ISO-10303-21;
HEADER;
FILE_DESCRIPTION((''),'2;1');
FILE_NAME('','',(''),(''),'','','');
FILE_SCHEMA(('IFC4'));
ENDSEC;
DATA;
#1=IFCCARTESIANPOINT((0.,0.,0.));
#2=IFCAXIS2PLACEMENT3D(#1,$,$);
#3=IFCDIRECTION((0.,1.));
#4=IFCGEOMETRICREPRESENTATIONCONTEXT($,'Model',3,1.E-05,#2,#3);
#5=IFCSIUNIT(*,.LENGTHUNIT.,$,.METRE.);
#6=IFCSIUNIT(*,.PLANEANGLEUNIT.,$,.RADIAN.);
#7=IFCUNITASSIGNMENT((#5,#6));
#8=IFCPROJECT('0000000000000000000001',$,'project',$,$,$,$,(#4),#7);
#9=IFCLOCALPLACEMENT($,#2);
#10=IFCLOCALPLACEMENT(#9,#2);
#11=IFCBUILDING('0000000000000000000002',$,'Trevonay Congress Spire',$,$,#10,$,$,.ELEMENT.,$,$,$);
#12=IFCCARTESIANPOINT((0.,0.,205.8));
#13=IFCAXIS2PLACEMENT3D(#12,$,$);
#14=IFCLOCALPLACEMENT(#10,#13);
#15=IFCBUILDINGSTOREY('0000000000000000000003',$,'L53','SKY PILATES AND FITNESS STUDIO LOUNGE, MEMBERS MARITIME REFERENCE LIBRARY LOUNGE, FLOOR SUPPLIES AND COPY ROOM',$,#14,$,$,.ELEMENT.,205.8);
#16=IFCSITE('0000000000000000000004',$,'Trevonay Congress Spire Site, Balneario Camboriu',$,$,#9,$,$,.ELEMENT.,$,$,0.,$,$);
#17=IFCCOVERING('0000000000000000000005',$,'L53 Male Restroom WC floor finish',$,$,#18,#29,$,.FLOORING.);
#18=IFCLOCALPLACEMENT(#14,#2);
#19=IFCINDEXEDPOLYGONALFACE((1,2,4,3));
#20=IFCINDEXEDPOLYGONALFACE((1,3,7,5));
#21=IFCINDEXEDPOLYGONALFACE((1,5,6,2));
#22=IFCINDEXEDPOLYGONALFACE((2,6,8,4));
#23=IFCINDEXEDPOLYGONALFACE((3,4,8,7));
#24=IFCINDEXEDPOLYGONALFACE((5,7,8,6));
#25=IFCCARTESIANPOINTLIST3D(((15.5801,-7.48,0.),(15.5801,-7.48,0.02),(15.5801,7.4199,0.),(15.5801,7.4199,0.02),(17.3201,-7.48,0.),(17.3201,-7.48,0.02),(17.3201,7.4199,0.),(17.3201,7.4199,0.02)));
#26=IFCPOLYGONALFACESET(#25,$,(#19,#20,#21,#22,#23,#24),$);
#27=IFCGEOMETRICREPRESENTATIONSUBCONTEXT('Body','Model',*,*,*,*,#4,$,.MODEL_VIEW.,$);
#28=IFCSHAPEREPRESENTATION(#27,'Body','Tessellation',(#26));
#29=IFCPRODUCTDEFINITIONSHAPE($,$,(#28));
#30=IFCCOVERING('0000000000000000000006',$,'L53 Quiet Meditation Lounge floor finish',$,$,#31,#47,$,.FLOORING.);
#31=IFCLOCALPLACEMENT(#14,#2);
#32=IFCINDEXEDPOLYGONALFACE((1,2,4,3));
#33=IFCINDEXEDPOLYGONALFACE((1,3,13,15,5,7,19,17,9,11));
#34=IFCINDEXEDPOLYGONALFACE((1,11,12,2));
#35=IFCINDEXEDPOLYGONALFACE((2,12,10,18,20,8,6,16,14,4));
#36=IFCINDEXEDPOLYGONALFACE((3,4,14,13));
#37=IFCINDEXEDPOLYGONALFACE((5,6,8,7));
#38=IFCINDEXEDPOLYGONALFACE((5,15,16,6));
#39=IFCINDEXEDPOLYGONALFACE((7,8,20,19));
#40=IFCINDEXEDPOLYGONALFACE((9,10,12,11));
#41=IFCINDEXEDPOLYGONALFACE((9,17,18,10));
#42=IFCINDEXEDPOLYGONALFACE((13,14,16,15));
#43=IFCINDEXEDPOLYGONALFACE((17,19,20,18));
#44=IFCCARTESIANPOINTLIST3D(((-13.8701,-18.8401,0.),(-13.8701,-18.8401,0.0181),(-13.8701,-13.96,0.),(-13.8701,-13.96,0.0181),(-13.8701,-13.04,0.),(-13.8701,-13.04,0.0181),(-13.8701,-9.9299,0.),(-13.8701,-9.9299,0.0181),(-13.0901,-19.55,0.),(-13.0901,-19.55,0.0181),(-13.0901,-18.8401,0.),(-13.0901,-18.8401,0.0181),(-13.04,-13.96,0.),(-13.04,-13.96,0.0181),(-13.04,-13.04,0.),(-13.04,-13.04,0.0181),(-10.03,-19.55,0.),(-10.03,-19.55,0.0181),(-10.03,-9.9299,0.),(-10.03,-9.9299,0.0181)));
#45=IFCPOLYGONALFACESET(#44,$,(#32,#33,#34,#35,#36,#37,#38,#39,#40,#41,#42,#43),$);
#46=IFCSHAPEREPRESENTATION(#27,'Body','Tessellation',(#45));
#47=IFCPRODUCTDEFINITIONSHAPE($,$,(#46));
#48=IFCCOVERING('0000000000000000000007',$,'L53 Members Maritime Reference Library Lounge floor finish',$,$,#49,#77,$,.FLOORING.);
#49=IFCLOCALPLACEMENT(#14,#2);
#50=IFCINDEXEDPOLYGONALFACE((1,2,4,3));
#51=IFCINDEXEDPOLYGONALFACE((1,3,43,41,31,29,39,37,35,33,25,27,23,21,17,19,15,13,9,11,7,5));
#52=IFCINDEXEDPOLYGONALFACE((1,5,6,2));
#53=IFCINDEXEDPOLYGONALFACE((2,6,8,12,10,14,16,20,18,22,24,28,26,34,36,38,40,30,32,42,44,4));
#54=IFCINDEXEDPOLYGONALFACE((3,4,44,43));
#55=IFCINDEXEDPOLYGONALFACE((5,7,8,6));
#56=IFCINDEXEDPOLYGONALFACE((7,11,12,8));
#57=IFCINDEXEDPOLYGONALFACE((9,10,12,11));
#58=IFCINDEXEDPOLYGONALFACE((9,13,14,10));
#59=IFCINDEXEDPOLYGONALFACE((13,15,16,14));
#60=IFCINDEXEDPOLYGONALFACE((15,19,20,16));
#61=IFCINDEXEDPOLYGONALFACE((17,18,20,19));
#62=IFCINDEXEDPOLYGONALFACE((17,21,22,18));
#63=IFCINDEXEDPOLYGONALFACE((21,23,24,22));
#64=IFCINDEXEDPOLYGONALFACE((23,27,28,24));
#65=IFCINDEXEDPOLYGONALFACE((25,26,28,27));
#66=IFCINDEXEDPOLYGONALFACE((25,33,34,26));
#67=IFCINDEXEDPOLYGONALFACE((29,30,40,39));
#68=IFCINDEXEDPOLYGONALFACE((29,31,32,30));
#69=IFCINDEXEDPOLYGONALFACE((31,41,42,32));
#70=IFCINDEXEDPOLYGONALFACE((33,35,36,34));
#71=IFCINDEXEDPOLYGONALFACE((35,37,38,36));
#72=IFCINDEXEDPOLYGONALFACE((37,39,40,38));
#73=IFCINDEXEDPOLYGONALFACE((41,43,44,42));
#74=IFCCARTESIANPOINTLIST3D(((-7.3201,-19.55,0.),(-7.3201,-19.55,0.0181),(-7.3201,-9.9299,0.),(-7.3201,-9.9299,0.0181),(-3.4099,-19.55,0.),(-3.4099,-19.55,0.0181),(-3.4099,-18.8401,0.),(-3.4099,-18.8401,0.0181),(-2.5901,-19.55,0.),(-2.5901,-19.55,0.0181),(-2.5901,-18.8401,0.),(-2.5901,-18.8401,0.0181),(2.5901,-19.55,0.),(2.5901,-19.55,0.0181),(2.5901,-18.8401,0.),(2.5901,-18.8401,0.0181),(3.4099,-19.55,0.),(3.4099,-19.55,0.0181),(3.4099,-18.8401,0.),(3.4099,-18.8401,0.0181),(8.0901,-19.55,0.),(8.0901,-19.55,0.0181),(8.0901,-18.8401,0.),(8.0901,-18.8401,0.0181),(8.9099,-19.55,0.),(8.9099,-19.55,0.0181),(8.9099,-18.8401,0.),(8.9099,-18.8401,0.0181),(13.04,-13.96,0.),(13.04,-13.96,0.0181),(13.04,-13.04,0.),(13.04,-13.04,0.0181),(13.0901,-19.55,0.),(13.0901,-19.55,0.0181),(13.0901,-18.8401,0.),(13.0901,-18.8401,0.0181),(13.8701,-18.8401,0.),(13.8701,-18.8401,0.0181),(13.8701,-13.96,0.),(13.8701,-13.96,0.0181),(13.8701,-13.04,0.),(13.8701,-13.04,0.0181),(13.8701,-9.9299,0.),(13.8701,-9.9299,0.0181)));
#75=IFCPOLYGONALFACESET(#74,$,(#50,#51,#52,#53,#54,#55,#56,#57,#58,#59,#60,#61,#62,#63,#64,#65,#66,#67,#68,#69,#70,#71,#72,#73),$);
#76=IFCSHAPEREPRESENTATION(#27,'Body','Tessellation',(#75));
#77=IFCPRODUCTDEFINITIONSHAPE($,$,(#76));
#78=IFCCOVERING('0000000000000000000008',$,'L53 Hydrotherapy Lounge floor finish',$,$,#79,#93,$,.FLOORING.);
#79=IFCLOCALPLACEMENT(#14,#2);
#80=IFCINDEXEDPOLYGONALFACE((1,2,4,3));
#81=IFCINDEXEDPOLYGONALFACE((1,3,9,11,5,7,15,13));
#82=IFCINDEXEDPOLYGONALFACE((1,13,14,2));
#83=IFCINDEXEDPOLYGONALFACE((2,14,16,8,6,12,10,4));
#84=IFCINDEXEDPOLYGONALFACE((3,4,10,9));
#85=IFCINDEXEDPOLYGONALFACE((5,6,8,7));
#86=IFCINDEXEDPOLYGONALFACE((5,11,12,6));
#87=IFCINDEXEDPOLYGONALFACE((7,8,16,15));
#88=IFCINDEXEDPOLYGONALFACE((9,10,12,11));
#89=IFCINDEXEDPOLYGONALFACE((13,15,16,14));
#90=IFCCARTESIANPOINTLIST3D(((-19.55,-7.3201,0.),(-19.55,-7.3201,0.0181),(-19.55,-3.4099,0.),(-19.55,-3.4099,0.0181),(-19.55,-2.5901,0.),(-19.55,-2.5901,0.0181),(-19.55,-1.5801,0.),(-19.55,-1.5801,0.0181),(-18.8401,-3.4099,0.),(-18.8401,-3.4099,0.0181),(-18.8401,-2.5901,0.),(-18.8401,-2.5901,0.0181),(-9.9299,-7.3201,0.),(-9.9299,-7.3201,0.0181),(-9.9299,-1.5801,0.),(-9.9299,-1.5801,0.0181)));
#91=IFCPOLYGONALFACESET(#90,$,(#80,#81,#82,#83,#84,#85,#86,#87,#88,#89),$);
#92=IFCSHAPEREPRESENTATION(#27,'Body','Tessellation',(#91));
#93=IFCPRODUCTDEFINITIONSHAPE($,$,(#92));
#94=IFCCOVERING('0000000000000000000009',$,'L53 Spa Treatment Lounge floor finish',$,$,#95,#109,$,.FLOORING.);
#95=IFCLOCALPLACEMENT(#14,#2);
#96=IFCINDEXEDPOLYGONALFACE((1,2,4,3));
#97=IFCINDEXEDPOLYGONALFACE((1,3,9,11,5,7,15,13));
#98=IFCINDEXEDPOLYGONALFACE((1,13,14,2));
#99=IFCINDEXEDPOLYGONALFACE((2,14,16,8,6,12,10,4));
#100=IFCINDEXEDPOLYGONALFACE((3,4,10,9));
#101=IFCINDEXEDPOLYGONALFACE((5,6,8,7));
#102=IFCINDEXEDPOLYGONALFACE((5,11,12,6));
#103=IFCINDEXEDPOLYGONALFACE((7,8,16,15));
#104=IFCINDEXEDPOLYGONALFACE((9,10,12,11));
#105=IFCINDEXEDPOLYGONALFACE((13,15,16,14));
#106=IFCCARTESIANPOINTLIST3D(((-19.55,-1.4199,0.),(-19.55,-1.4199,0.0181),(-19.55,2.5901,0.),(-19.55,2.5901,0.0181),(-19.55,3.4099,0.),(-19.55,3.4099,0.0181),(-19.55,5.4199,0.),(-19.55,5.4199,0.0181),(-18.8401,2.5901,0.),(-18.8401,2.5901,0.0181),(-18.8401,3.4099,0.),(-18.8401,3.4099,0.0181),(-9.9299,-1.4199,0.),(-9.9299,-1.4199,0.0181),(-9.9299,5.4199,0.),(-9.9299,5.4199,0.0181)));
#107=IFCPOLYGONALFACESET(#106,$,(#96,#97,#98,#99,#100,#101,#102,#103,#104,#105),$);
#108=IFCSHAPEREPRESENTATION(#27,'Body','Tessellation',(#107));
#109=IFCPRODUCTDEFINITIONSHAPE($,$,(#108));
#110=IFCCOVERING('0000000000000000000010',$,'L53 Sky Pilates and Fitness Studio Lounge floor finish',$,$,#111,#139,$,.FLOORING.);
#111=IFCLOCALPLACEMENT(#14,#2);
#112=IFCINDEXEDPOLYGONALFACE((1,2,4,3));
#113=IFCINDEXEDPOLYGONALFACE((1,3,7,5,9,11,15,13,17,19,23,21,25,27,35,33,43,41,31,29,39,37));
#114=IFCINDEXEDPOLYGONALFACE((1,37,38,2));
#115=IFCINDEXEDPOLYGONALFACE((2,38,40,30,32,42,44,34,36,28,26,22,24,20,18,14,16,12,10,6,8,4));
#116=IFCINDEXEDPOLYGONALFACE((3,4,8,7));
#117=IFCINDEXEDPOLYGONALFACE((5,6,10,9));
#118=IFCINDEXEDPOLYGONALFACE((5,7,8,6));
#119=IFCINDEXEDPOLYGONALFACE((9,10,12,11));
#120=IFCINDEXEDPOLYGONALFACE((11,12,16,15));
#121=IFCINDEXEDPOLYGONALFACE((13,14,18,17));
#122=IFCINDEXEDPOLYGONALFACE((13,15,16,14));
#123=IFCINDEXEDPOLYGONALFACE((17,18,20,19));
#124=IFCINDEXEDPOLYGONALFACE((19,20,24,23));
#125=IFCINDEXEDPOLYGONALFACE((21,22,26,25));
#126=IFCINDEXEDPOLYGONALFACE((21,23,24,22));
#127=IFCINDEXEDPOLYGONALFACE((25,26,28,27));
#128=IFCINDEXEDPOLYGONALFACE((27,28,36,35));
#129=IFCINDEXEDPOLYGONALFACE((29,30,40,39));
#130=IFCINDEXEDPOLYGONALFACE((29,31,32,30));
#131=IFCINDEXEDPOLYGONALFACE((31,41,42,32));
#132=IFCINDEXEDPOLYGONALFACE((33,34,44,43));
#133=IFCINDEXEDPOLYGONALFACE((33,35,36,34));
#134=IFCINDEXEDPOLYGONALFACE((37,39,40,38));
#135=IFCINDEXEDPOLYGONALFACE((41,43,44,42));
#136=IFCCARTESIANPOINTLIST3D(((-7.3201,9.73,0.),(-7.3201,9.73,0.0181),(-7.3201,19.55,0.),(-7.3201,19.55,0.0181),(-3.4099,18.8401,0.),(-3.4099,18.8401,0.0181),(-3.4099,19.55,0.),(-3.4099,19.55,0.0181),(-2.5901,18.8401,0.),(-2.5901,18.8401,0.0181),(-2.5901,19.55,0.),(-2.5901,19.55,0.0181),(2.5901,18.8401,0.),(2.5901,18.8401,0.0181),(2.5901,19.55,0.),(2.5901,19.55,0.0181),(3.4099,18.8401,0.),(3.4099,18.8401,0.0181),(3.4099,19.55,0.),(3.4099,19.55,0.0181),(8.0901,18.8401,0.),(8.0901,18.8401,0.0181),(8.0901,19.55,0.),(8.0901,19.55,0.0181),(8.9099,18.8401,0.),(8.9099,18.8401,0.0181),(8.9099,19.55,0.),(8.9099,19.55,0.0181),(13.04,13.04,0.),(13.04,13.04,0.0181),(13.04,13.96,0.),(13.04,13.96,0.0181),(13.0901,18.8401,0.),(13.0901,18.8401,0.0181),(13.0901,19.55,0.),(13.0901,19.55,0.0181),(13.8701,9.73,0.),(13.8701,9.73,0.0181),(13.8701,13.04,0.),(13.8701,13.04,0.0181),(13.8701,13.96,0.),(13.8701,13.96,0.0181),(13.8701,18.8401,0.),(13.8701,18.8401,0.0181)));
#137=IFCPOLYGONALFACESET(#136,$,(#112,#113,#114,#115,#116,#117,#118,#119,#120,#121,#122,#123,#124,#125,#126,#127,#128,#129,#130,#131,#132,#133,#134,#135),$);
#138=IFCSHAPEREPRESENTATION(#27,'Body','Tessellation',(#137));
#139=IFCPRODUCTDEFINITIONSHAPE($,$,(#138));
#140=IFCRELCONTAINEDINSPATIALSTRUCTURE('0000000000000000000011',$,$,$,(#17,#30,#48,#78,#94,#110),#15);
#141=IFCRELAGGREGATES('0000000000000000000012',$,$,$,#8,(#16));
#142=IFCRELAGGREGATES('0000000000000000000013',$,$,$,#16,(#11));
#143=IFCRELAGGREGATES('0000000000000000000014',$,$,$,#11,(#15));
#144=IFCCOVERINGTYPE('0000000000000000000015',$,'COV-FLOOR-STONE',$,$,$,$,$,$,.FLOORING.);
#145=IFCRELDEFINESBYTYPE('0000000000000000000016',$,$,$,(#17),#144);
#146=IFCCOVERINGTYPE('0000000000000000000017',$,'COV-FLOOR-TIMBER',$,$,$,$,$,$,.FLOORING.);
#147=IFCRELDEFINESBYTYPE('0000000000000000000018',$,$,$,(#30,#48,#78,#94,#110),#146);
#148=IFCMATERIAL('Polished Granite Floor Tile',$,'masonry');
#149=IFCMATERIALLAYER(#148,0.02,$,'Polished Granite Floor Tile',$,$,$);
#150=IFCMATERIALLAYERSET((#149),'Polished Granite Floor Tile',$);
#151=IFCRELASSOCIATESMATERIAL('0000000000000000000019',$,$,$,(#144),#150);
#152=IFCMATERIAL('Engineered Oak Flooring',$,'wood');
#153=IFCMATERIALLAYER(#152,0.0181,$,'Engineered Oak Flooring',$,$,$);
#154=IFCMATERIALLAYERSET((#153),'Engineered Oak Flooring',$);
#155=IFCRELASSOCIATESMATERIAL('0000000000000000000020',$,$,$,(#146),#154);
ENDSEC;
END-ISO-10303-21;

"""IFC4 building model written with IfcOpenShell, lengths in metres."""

from ifc_helpers import new_model, si_unit, direction, frame, origin, place, context, subcontext, project, spatial, polyline, outline, extrude, material, layer, layer_set, type_object, element, save


model = new_model("IFC4")

# Units and contexts
model_context = context("Model", 3, precision=1e-05, world=origin(), true_north=direction((0.0, 1.0)))
body_context = subcontext(model_context, "Body", "Model", "MODEL_VIEW")
ifc_project = project(units=[si_unit("LENGTHUNIT", "METRE"), si_unit("PLANEANGLEUNIT", "RADIAN")], contexts=[model_context])

# Site, building, storey
site_placement = place(None, origin())
site = spatial("IfcSite", under=ifc_project, at=site_placement, Name="Trevonay Congress Spire Site, Balneario Camboriu", CompositionType="ELEMENT", RefElevation=0.0)
building_placement = place(site_placement, origin())
building = spatial("IfcBuilding", under=site, at=building_placement, Name="Trevonay Congress Spire", CompositionType="ELEMENT")
storey_placement = place(building_placement, frame((0.0, 0.0, 205.8)))
storey = spatial("IfcBuildingStorey", under=building, at=storey_placement, Name="L53", Description="SKY PILATES AND FITNESS STUDIO LOUNGE, MEMBERS MARITIME REFERENCE LIBRARY LOUNGE, FLOOR SUPPLIES AND COPY ROOM", CompositionType="ELEMENT", Elevation=205.8)

# Coverings
ifc_material_1 = material(Name="Polished Granite Floor Tile", Category="masonry")
ifc_layer_1 = layer(ifc_material_1, 0.02, Name="Polished Granite Floor Tile")
ifc_layer_set_1 = layer_set([ifc_layer_1], Name="Polished Granite Floor Tile")
covering_type_1 = type_object("IfcCoveringType", Name="COV-FLOOR-STONE", PredefinedType="FLOORING", material=ifc_layer_set_1)
covering_1_placement = place(storey_placement, origin())
element("IfcCovering", 1, at=covering_1_placement, inside=storey, type_object=covering_type_1, Name="L53 Male Restroom WC floor finish", PredefinedType="FLOORING", context=body_context, shape_type="SweptSolid", body=[
    extrude(outline(polyline([(15.5801, -7.48), (17.3201, -7.48), (17.3201, 7.4199), (15.5801, 7.4199), (15.5801, -7.48)])), origin(), (0.0, 0.0, 1.0), 0.02),
])
ifc_material_2 = material(Name="Engineered Oak Flooring", Category="wood")
ifc_layer_2 = layer(ifc_material_2, 0.0181, Name="Engineered Oak Flooring")
ifc_layer_set_2 = layer_set([ifc_layer_2], Name="Engineered Oak Flooring")
covering_type_2 = type_object("IfcCoveringType", Name="COV-FLOOR-TIMBER", PredefinedType="FLOORING", material=ifc_layer_set_2)
covering_2_placement = place(storey_placement, origin())
element("IfcCovering", 2, at=covering_2_placement, inside=storey, type_object=covering_type_2, Name="L53 Quiet Meditation Lounge floor finish", PredefinedType="FLOORING", context=body_context, shape_type="SweptSolid", body=[
    extrude(outline(polyline([(-13.8701, -9.9299), (-10.03, -9.9299), (-10.03, -19.55), (-13.0901, -19.55), (-13.0901, -18.8401), (-13.8701, -18.8401), (-13.8701, -13.96), (-13.04, -13.96), (-13.04, -13.04), (-13.8701, -13.04), (-13.8701, -9.9299)])), origin(), (0.0, 0.0, 1.0), 0.0181),
])
covering_3_placement = place(storey_placement, origin())
element("IfcCovering", 3, at=covering_3_placement, inside=storey, type_object=covering_type_2, Name="L53 Members Maritime Reference Library Lounge floor finish", PredefinedType="FLOORING", context=body_context, shape_type="SweptSolid", body=[
    extrude(outline(polyline([(-7.3201, -19.55), (-7.3201, -9.9299), (13.8701, -9.9299), (13.8701, -13.04), (13.04, -13.04), (13.04, -13.96), (13.8701, -13.96), (13.8701, -18.8401), (13.0901, -18.8401), (13.0901, -19.55), (8.9099, -19.55), (8.9099, -18.8401), (8.0901, -18.8401), (8.0901, -19.55), (3.4099, -19.55), (3.4099, -18.8401), (2.5901, -18.8401), (2.5901, -19.55), (-2.5901, -19.55), (-2.5901, -18.8401), (-3.4099, -18.8401), (-3.4099, -19.55), (-7.3201, -19.55)])), origin(), (0.0, 0.0, 1.0), 0.0181),
])
covering_4_placement = place(storey_placement, origin())
element("IfcCovering", 4, at=covering_4_placement, inside=storey, type_object=covering_type_2, Name="L53 Hydrotherapy Lounge floor finish", PredefinedType="FLOORING", context=body_context, shape_type="SweptSolid", body=[
    extrude(outline(polyline([(-19.55, -1.5801), (-9.9299, -1.5801), (-9.9299, -7.3201), (-19.55, -7.3201), (-19.55, -3.4099), (-18.8401, -3.4099), (-18.8401, -2.5901), (-19.55, -2.5901), (-19.55, -1.5801)])), origin(), (0.0, 0.0, 1.0), 0.0181),
])
covering_5_placement = place(storey_placement, origin())
element("IfcCovering", 5, at=covering_5_placement, inside=storey, type_object=covering_type_2, Name="L53 Spa Treatment Lounge floor finish", PredefinedType="FLOORING", context=body_context, shape_type="SweptSolid", body=[
    extrude(outline(polyline([(-19.55, 5.4199), (-9.9299, 5.4199), (-9.9299, -1.4199), (-19.55, -1.4199), (-19.55, 2.5901), (-18.8401, 2.5901), (-18.8401, 3.4099), (-19.55, 3.4099), (-19.55, 5.4199)])), origin(), (0.0, 0.0, 1.0), 0.0181),
])
covering_6_placement = place(storey_placement, origin())
element("IfcCovering", 6, at=covering_6_placement, inside=storey, type_object=covering_type_2, Name="L53 Sky Pilates and Fitness Studio Lounge floor finish", PredefinedType="FLOORING", context=body_context, shape_type="SweptSolid", body=[
    extrude(outline(polyline([(13.8701, 9.73), (-7.3201, 9.73), (-7.3201, 19.55), (-3.4099, 19.55), (-3.4099, 18.8401), (-2.5901, 18.8401), (-2.5901, 19.55), (2.5901, 19.55), (2.5901, 18.8401), (3.4099, 18.8401), (3.4099, 19.55), (8.0901, 19.55), (8.0901, 18.8401), (8.9099, 18.8401), (8.9099, 19.55), (13.0901, 19.55), (13.0901, 18.8401), (13.8701, 18.8401), (13.8701, 13.96), (13.04, 13.96), (13.04, 13.04), (13.8701, 13.04), (13.8701, 9.73)])), origin(), (0.0, 0.0, 1.0), 0.0181),
])

save(model, "model.ifc")
